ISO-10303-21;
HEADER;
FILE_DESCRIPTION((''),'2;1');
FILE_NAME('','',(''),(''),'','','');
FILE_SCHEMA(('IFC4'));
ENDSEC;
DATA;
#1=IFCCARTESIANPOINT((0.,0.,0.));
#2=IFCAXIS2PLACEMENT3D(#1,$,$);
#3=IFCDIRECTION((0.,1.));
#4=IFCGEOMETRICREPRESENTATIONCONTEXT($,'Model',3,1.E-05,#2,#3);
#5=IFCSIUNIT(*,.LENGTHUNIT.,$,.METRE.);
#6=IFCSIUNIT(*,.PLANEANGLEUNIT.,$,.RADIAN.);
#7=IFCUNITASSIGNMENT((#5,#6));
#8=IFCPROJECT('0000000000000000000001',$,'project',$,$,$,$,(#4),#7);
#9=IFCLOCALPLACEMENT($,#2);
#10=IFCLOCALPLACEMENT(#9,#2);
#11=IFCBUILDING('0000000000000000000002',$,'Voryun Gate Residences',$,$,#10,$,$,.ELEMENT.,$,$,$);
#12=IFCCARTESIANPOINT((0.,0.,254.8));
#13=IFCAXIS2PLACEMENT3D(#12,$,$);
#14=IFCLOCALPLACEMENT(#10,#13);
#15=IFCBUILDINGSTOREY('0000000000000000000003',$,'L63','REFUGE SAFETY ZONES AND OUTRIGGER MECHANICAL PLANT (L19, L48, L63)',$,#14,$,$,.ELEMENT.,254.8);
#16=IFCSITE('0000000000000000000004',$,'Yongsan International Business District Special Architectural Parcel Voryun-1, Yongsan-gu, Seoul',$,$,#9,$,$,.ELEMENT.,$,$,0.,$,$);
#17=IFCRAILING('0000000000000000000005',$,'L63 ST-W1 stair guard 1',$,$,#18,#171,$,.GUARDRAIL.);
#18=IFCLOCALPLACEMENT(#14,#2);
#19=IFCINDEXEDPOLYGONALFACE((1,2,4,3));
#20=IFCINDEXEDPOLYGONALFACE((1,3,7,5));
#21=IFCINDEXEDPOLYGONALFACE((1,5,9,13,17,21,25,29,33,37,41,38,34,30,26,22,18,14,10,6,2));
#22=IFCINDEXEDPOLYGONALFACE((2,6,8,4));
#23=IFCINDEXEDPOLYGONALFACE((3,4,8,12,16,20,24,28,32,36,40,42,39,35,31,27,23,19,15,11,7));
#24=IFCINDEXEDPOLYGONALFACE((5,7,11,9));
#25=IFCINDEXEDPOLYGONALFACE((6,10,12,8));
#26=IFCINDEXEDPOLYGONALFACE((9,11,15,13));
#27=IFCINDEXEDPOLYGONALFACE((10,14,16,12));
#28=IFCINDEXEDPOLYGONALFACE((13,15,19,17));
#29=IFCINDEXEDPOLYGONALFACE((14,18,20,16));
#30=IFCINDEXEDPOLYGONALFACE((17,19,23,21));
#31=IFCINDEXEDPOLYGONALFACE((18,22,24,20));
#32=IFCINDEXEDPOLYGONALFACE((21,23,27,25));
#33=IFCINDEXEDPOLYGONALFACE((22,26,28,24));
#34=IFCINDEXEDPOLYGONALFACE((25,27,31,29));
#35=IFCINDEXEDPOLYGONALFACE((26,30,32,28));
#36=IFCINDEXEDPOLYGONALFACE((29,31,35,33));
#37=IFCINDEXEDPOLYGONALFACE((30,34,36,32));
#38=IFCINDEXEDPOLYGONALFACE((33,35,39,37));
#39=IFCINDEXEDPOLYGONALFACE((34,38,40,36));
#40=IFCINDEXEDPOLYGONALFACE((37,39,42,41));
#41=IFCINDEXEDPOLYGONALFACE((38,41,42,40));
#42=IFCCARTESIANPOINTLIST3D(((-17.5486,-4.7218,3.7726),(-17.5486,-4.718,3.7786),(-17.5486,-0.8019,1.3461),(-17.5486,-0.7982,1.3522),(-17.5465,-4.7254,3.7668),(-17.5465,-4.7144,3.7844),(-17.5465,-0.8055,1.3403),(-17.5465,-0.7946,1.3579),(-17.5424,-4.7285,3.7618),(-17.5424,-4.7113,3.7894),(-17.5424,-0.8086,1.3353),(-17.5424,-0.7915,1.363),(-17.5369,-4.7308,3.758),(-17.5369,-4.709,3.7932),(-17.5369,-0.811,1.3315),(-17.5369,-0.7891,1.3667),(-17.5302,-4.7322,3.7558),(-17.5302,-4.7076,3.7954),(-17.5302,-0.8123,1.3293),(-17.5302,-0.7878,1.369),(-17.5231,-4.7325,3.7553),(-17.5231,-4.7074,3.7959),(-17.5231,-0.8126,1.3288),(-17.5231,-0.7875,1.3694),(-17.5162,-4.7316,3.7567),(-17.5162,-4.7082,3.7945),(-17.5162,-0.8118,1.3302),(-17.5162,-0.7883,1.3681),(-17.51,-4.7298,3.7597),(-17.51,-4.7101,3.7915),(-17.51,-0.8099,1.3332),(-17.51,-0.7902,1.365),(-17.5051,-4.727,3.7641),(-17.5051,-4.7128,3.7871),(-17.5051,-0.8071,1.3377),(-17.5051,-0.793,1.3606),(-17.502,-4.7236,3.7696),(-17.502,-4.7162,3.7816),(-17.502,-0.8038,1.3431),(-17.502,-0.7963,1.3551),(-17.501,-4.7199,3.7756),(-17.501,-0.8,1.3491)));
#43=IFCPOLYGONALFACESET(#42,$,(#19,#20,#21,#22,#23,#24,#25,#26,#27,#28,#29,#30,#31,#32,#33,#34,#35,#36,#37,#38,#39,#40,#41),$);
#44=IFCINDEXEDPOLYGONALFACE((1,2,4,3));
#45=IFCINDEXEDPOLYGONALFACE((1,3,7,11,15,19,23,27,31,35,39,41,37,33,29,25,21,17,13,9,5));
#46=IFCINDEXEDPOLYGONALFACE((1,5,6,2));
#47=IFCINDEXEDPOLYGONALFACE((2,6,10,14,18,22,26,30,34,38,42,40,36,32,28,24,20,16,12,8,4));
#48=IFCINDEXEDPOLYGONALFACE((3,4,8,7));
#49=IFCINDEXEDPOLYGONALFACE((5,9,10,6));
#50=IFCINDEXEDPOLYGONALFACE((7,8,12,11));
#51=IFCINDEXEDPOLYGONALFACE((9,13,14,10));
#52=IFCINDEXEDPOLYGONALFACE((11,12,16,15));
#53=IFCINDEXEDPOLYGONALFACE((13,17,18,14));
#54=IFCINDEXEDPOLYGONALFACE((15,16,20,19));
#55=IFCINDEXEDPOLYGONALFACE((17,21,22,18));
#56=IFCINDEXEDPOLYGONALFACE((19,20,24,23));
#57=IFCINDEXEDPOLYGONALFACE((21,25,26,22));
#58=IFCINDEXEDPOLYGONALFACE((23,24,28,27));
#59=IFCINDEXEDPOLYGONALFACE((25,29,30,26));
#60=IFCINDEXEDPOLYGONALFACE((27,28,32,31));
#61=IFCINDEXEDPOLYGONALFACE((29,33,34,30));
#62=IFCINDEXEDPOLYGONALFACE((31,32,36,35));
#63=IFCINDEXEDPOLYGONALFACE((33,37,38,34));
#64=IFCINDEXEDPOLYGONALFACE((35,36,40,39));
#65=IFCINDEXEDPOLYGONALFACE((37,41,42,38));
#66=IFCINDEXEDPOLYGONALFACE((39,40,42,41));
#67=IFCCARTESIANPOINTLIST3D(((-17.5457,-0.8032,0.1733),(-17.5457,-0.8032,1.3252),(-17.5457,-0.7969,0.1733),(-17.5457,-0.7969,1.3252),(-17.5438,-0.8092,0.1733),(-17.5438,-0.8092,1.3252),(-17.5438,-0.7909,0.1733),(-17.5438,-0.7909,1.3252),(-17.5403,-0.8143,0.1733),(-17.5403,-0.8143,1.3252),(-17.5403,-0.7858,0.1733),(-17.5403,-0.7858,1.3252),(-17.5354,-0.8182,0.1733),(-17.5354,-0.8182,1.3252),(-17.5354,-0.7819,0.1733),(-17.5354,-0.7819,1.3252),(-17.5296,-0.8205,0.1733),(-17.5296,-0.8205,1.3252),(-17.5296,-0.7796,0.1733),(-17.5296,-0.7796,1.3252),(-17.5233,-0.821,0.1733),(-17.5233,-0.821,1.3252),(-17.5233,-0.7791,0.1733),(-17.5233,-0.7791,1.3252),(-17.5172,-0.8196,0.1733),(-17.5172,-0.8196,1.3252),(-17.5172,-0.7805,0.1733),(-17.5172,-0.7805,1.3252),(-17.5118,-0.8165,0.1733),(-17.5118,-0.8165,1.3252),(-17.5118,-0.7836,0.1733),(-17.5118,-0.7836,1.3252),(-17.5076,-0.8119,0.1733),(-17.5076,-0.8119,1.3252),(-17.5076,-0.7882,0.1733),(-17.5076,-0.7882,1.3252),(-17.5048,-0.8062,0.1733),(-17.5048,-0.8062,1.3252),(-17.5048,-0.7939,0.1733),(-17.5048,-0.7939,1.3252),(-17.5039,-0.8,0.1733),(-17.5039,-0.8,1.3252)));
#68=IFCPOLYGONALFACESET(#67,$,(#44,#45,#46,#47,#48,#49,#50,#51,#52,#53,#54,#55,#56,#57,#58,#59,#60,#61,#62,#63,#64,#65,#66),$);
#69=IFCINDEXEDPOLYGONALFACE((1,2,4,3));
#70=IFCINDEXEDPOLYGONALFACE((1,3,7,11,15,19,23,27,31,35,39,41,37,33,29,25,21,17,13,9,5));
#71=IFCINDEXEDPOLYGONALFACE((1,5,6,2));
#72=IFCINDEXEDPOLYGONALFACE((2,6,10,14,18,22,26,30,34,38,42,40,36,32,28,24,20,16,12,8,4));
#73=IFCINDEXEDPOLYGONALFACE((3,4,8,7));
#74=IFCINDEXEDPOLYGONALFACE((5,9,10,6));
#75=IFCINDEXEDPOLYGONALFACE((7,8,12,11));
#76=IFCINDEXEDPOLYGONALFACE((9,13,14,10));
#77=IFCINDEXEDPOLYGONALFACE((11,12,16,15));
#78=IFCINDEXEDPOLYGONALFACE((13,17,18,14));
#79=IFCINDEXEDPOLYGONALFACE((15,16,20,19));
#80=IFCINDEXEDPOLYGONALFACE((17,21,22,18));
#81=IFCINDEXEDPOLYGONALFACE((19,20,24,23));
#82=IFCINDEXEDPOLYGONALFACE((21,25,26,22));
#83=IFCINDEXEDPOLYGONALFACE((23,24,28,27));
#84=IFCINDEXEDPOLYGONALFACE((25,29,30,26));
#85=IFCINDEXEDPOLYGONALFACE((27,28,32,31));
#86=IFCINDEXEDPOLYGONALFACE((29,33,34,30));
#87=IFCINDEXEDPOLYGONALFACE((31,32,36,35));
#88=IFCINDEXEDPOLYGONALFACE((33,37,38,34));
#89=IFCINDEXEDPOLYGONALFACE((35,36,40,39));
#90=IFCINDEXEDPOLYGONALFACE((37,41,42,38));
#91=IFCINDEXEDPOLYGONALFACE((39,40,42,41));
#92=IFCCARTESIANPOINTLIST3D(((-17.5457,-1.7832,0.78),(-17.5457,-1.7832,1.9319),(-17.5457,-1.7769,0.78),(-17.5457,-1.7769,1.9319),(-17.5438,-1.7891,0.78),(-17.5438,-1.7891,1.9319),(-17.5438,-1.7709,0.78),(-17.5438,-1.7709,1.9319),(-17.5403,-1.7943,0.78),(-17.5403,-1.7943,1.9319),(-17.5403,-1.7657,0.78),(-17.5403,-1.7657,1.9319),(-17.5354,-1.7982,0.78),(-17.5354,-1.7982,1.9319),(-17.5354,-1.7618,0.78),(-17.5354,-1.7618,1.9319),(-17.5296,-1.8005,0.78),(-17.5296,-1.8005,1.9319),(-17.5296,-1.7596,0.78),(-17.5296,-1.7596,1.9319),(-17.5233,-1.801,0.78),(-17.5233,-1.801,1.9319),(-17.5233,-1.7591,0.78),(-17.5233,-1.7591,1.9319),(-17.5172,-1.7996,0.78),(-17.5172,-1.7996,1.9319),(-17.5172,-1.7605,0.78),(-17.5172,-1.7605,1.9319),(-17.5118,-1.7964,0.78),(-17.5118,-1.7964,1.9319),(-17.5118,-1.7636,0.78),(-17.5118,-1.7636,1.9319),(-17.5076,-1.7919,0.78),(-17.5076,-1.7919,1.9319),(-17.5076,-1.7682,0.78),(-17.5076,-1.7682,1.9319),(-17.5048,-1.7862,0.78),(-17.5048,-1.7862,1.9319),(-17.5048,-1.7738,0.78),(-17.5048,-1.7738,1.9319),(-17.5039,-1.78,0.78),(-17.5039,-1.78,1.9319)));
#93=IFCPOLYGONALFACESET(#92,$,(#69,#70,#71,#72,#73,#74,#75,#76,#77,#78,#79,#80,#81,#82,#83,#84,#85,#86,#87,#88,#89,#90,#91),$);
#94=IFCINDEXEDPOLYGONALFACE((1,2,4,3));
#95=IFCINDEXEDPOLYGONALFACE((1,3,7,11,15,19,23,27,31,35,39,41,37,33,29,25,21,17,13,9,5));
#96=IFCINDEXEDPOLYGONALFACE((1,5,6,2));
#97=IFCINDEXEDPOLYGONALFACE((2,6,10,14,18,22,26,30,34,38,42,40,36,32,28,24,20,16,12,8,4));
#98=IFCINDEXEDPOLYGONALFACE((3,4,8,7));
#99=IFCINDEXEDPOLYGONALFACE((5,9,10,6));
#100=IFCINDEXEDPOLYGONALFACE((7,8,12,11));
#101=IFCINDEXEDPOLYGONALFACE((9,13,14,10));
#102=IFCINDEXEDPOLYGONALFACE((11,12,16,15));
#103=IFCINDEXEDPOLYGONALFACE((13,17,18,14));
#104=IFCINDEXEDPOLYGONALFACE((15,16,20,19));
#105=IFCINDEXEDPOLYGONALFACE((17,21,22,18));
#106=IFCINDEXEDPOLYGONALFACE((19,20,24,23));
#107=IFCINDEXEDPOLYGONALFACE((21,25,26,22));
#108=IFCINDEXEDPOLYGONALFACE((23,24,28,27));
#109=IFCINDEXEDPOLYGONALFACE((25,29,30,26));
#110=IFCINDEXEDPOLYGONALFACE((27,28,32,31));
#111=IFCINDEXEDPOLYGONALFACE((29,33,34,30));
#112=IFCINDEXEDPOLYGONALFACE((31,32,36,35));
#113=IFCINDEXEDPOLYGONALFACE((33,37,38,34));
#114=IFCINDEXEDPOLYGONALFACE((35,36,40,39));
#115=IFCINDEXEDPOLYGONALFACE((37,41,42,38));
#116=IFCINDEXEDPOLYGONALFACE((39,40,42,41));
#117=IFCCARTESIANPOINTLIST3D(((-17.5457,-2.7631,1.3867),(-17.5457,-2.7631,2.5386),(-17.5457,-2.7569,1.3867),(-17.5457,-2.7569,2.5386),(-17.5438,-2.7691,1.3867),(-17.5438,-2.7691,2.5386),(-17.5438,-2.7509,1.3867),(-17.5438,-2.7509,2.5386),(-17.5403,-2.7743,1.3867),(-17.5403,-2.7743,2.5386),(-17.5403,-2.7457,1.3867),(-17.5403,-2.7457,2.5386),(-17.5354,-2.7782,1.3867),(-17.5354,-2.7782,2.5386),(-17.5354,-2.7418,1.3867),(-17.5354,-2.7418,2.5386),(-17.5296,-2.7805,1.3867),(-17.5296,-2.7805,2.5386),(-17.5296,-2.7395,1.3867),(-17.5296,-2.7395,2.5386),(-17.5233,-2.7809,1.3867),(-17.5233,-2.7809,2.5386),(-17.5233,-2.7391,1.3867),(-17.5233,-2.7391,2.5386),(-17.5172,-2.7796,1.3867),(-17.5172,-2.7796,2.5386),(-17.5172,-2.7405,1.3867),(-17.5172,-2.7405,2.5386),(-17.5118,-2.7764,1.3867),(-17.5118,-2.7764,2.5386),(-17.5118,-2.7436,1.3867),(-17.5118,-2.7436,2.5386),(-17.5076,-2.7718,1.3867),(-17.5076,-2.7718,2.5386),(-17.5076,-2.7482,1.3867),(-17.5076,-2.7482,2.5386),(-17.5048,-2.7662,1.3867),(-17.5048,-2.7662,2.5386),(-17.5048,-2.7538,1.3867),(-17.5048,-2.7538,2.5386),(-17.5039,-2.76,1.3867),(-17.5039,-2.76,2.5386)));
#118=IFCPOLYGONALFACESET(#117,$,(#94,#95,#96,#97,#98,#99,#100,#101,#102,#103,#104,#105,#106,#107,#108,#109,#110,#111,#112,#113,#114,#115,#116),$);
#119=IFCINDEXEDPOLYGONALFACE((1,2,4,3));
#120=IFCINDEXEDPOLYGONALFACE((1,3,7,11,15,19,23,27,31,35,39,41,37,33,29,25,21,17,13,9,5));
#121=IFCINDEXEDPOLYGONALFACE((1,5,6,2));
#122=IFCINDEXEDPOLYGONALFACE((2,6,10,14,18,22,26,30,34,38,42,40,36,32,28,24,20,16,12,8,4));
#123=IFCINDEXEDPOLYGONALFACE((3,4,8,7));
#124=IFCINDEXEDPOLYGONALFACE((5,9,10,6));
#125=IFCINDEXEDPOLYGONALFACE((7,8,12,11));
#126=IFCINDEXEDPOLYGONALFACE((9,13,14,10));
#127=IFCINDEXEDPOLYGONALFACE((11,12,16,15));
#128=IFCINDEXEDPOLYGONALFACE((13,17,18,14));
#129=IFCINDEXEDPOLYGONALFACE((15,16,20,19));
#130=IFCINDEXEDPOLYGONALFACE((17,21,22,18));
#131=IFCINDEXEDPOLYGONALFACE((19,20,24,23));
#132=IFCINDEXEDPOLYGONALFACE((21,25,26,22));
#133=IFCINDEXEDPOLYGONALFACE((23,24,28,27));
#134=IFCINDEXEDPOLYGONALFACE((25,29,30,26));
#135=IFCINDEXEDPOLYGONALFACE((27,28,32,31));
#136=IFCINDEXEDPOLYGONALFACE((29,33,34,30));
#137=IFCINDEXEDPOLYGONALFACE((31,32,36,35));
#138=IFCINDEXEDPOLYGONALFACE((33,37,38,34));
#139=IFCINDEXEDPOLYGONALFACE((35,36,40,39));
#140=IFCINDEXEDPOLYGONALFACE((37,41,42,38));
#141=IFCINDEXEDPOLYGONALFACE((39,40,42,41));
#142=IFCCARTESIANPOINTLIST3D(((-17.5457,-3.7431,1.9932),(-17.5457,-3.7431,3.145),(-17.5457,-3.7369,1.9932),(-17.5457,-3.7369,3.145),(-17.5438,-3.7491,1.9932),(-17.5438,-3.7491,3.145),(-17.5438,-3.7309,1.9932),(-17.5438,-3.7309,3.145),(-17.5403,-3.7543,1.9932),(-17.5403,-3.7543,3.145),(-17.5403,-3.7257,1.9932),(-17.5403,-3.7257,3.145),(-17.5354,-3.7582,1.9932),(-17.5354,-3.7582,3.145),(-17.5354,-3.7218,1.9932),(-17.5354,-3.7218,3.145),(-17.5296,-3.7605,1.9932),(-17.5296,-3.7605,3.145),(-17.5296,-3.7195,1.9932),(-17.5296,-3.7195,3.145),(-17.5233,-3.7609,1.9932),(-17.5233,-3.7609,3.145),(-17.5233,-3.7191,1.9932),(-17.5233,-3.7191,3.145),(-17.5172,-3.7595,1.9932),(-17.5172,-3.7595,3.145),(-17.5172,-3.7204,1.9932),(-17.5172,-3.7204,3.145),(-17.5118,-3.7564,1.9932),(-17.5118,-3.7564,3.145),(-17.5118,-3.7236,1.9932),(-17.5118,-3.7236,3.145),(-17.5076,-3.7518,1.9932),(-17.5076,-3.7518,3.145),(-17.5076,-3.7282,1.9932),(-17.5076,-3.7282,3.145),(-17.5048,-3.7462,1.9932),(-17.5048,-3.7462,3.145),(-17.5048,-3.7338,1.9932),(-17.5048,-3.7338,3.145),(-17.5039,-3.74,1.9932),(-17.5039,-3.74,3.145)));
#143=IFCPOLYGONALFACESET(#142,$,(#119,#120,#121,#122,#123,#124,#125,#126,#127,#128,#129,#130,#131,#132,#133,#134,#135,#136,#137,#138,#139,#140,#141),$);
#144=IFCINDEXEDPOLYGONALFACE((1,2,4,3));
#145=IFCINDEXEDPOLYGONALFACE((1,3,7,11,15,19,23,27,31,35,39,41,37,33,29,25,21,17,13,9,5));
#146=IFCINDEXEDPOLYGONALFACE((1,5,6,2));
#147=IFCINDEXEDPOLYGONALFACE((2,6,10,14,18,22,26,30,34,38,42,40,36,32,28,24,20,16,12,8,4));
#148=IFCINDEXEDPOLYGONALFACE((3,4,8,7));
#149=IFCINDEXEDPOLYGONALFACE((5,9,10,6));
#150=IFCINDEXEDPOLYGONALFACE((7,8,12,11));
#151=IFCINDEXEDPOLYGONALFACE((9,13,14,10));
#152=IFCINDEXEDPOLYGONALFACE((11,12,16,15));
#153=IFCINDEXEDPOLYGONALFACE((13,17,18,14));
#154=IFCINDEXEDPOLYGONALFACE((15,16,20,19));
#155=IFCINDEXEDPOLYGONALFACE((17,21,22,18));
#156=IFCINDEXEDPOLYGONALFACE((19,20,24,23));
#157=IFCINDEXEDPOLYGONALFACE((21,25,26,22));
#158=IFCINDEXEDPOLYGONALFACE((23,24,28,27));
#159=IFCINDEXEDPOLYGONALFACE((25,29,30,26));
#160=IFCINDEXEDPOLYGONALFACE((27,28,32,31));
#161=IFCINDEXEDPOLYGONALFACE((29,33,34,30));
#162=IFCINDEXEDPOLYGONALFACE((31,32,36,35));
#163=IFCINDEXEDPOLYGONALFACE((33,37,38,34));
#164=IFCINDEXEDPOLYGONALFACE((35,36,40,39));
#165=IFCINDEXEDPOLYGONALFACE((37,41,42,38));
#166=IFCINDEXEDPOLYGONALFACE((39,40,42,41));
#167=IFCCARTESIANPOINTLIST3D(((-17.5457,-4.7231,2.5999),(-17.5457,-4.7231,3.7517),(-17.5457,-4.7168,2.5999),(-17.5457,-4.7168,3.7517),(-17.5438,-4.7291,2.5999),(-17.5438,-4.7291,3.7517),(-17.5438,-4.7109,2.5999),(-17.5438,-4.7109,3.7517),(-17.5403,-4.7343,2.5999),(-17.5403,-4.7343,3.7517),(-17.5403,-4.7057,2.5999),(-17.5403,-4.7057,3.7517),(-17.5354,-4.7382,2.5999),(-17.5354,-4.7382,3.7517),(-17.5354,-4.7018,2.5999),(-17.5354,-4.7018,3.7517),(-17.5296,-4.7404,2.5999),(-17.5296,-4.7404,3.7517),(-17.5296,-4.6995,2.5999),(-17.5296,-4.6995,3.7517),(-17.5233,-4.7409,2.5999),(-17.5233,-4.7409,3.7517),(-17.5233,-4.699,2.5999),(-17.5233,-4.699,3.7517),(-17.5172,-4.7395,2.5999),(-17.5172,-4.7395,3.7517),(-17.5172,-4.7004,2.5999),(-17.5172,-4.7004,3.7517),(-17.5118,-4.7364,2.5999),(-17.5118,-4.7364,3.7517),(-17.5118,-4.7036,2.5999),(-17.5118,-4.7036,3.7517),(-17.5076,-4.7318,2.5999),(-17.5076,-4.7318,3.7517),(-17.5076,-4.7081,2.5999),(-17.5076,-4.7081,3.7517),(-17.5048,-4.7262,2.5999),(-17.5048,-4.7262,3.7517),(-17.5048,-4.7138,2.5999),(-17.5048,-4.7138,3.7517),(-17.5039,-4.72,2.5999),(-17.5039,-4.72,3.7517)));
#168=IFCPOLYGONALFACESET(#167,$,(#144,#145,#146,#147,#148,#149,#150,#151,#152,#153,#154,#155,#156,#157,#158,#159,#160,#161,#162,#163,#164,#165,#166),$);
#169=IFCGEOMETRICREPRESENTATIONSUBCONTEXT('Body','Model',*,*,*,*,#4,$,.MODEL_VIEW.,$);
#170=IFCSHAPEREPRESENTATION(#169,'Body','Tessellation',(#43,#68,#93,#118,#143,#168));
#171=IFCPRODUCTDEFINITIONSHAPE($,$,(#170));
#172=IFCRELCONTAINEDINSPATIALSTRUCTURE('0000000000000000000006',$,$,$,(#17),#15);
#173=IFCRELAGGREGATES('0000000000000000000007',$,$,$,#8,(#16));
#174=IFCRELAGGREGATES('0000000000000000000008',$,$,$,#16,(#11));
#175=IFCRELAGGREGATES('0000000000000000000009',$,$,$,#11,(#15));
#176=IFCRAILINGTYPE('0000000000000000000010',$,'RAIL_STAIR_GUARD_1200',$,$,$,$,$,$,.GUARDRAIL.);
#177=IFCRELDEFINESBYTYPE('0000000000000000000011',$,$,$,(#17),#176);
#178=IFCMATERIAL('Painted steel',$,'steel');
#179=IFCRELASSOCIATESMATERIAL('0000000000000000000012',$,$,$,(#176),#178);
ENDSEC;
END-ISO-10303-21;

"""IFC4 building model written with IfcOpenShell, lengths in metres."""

from ifc_helpers import new_model, si_unit, direction, frame, origin, origin_2d, place, context, subcontext, project, spatial, circle, extrude, material, type_object, element, save


model = new_model("IFC4")

# Units and contexts
model_context = context("Model", 3, precision=1e-05, world=origin(), true_north=direction((0.0, 1.0)))
body_context = subcontext(model_context, "Body", "Model", "MODEL_VIEW")
ifc_project = project(units=[si_unit("LENGTHUNIT", "METRE"), si_unit("PLANEANGLEUNIT", "RADIAN")], contexts=[model_context])

# Site, building, storey
site_placement = place(None, origin())
site = spatial("IfcSite", under=ifc_project, at=site_placement, Name="Yongsan International Business District Special Architectural Parcel Voryun-1, Yongsan-gu, Seoul", CompositionType="ELEMENT", RefElevation=0.0)
building_placement = place(site_placement, origin())
building = spatial("IfcBuilding", under=site, at=building_placement, Name="Voryun Gate Residences", CompositionType="ELEMENT")
storey_placement = place(building_placement, frame((0.0, 0.0, 254.8)))
storey = spatial("IfcBuildingStorey", under=building, at=storey_placement, Name="L63", Description="REFUGE SAFETY ZONES AND OUTRIGGER MECHANICAL PLANT (L19, L48, L63)", CompositionType="ELEMENT", Elevation=254.8)

# Railing
ifc_material_1 = material(Name="Painted steel", Category="steel")
railing_type_1 = type_object("IfcRailingType", Name="RAIL_STAIR_GUARD_1200", PredefinedType="GUARDRAIL", material=ifc_material_1)
railing_1_placement = place(storey_placement, frame((-17.5249, -0.8, 0.1733)))
element("IfcRailing", 1, at=railing_1_placement, inside=storey, type_object=railing_type_1, Name="L63 ST-W1 stair guard 1", PredefinedType="GUARDRAIL", context=body_context, shape_type="SweptSolid", body=[
    extrude(circle(Radius=0.0239, at=origin_2d()), frame((0.0, 0.0, 1.1758), z_axis=(0.0, -0.850275, 0.526338), x_axis=(1.0, 0.0, 0.0)), (0.0, 0.0, 1.0), 4.6101),
    extrude(circle(Radius=0.021, at=origin_2d()), origin(), (0.0, 0.0, 1.0), 1.1519),
    extrude(circle(Radius=0.021, at=origin_2d()), frame((0.0, -0.98, 0.6067)), (0.0, 0.0, 1.0), 1.1519),
    extrude(circle(Radius=0.021, at=origin_2d()), frame((0.0, -1.96, 1.2134)), (0.0, 0.0, 1.0), 1.1519),
    extrude(circle(Radius=0.021, at=origin_2d()), frame((0.0, -2.9399, 1.8198)), (0.0, 0.0, 1.0), 1.1519),
    extrude(circle(Radius=0.021, at=origin_2d()), frame((0.0, -3.9199, 2.4265)), (0.0, 0.0, 1.0), 1.1519),
])

save(model, "model.ifc")
